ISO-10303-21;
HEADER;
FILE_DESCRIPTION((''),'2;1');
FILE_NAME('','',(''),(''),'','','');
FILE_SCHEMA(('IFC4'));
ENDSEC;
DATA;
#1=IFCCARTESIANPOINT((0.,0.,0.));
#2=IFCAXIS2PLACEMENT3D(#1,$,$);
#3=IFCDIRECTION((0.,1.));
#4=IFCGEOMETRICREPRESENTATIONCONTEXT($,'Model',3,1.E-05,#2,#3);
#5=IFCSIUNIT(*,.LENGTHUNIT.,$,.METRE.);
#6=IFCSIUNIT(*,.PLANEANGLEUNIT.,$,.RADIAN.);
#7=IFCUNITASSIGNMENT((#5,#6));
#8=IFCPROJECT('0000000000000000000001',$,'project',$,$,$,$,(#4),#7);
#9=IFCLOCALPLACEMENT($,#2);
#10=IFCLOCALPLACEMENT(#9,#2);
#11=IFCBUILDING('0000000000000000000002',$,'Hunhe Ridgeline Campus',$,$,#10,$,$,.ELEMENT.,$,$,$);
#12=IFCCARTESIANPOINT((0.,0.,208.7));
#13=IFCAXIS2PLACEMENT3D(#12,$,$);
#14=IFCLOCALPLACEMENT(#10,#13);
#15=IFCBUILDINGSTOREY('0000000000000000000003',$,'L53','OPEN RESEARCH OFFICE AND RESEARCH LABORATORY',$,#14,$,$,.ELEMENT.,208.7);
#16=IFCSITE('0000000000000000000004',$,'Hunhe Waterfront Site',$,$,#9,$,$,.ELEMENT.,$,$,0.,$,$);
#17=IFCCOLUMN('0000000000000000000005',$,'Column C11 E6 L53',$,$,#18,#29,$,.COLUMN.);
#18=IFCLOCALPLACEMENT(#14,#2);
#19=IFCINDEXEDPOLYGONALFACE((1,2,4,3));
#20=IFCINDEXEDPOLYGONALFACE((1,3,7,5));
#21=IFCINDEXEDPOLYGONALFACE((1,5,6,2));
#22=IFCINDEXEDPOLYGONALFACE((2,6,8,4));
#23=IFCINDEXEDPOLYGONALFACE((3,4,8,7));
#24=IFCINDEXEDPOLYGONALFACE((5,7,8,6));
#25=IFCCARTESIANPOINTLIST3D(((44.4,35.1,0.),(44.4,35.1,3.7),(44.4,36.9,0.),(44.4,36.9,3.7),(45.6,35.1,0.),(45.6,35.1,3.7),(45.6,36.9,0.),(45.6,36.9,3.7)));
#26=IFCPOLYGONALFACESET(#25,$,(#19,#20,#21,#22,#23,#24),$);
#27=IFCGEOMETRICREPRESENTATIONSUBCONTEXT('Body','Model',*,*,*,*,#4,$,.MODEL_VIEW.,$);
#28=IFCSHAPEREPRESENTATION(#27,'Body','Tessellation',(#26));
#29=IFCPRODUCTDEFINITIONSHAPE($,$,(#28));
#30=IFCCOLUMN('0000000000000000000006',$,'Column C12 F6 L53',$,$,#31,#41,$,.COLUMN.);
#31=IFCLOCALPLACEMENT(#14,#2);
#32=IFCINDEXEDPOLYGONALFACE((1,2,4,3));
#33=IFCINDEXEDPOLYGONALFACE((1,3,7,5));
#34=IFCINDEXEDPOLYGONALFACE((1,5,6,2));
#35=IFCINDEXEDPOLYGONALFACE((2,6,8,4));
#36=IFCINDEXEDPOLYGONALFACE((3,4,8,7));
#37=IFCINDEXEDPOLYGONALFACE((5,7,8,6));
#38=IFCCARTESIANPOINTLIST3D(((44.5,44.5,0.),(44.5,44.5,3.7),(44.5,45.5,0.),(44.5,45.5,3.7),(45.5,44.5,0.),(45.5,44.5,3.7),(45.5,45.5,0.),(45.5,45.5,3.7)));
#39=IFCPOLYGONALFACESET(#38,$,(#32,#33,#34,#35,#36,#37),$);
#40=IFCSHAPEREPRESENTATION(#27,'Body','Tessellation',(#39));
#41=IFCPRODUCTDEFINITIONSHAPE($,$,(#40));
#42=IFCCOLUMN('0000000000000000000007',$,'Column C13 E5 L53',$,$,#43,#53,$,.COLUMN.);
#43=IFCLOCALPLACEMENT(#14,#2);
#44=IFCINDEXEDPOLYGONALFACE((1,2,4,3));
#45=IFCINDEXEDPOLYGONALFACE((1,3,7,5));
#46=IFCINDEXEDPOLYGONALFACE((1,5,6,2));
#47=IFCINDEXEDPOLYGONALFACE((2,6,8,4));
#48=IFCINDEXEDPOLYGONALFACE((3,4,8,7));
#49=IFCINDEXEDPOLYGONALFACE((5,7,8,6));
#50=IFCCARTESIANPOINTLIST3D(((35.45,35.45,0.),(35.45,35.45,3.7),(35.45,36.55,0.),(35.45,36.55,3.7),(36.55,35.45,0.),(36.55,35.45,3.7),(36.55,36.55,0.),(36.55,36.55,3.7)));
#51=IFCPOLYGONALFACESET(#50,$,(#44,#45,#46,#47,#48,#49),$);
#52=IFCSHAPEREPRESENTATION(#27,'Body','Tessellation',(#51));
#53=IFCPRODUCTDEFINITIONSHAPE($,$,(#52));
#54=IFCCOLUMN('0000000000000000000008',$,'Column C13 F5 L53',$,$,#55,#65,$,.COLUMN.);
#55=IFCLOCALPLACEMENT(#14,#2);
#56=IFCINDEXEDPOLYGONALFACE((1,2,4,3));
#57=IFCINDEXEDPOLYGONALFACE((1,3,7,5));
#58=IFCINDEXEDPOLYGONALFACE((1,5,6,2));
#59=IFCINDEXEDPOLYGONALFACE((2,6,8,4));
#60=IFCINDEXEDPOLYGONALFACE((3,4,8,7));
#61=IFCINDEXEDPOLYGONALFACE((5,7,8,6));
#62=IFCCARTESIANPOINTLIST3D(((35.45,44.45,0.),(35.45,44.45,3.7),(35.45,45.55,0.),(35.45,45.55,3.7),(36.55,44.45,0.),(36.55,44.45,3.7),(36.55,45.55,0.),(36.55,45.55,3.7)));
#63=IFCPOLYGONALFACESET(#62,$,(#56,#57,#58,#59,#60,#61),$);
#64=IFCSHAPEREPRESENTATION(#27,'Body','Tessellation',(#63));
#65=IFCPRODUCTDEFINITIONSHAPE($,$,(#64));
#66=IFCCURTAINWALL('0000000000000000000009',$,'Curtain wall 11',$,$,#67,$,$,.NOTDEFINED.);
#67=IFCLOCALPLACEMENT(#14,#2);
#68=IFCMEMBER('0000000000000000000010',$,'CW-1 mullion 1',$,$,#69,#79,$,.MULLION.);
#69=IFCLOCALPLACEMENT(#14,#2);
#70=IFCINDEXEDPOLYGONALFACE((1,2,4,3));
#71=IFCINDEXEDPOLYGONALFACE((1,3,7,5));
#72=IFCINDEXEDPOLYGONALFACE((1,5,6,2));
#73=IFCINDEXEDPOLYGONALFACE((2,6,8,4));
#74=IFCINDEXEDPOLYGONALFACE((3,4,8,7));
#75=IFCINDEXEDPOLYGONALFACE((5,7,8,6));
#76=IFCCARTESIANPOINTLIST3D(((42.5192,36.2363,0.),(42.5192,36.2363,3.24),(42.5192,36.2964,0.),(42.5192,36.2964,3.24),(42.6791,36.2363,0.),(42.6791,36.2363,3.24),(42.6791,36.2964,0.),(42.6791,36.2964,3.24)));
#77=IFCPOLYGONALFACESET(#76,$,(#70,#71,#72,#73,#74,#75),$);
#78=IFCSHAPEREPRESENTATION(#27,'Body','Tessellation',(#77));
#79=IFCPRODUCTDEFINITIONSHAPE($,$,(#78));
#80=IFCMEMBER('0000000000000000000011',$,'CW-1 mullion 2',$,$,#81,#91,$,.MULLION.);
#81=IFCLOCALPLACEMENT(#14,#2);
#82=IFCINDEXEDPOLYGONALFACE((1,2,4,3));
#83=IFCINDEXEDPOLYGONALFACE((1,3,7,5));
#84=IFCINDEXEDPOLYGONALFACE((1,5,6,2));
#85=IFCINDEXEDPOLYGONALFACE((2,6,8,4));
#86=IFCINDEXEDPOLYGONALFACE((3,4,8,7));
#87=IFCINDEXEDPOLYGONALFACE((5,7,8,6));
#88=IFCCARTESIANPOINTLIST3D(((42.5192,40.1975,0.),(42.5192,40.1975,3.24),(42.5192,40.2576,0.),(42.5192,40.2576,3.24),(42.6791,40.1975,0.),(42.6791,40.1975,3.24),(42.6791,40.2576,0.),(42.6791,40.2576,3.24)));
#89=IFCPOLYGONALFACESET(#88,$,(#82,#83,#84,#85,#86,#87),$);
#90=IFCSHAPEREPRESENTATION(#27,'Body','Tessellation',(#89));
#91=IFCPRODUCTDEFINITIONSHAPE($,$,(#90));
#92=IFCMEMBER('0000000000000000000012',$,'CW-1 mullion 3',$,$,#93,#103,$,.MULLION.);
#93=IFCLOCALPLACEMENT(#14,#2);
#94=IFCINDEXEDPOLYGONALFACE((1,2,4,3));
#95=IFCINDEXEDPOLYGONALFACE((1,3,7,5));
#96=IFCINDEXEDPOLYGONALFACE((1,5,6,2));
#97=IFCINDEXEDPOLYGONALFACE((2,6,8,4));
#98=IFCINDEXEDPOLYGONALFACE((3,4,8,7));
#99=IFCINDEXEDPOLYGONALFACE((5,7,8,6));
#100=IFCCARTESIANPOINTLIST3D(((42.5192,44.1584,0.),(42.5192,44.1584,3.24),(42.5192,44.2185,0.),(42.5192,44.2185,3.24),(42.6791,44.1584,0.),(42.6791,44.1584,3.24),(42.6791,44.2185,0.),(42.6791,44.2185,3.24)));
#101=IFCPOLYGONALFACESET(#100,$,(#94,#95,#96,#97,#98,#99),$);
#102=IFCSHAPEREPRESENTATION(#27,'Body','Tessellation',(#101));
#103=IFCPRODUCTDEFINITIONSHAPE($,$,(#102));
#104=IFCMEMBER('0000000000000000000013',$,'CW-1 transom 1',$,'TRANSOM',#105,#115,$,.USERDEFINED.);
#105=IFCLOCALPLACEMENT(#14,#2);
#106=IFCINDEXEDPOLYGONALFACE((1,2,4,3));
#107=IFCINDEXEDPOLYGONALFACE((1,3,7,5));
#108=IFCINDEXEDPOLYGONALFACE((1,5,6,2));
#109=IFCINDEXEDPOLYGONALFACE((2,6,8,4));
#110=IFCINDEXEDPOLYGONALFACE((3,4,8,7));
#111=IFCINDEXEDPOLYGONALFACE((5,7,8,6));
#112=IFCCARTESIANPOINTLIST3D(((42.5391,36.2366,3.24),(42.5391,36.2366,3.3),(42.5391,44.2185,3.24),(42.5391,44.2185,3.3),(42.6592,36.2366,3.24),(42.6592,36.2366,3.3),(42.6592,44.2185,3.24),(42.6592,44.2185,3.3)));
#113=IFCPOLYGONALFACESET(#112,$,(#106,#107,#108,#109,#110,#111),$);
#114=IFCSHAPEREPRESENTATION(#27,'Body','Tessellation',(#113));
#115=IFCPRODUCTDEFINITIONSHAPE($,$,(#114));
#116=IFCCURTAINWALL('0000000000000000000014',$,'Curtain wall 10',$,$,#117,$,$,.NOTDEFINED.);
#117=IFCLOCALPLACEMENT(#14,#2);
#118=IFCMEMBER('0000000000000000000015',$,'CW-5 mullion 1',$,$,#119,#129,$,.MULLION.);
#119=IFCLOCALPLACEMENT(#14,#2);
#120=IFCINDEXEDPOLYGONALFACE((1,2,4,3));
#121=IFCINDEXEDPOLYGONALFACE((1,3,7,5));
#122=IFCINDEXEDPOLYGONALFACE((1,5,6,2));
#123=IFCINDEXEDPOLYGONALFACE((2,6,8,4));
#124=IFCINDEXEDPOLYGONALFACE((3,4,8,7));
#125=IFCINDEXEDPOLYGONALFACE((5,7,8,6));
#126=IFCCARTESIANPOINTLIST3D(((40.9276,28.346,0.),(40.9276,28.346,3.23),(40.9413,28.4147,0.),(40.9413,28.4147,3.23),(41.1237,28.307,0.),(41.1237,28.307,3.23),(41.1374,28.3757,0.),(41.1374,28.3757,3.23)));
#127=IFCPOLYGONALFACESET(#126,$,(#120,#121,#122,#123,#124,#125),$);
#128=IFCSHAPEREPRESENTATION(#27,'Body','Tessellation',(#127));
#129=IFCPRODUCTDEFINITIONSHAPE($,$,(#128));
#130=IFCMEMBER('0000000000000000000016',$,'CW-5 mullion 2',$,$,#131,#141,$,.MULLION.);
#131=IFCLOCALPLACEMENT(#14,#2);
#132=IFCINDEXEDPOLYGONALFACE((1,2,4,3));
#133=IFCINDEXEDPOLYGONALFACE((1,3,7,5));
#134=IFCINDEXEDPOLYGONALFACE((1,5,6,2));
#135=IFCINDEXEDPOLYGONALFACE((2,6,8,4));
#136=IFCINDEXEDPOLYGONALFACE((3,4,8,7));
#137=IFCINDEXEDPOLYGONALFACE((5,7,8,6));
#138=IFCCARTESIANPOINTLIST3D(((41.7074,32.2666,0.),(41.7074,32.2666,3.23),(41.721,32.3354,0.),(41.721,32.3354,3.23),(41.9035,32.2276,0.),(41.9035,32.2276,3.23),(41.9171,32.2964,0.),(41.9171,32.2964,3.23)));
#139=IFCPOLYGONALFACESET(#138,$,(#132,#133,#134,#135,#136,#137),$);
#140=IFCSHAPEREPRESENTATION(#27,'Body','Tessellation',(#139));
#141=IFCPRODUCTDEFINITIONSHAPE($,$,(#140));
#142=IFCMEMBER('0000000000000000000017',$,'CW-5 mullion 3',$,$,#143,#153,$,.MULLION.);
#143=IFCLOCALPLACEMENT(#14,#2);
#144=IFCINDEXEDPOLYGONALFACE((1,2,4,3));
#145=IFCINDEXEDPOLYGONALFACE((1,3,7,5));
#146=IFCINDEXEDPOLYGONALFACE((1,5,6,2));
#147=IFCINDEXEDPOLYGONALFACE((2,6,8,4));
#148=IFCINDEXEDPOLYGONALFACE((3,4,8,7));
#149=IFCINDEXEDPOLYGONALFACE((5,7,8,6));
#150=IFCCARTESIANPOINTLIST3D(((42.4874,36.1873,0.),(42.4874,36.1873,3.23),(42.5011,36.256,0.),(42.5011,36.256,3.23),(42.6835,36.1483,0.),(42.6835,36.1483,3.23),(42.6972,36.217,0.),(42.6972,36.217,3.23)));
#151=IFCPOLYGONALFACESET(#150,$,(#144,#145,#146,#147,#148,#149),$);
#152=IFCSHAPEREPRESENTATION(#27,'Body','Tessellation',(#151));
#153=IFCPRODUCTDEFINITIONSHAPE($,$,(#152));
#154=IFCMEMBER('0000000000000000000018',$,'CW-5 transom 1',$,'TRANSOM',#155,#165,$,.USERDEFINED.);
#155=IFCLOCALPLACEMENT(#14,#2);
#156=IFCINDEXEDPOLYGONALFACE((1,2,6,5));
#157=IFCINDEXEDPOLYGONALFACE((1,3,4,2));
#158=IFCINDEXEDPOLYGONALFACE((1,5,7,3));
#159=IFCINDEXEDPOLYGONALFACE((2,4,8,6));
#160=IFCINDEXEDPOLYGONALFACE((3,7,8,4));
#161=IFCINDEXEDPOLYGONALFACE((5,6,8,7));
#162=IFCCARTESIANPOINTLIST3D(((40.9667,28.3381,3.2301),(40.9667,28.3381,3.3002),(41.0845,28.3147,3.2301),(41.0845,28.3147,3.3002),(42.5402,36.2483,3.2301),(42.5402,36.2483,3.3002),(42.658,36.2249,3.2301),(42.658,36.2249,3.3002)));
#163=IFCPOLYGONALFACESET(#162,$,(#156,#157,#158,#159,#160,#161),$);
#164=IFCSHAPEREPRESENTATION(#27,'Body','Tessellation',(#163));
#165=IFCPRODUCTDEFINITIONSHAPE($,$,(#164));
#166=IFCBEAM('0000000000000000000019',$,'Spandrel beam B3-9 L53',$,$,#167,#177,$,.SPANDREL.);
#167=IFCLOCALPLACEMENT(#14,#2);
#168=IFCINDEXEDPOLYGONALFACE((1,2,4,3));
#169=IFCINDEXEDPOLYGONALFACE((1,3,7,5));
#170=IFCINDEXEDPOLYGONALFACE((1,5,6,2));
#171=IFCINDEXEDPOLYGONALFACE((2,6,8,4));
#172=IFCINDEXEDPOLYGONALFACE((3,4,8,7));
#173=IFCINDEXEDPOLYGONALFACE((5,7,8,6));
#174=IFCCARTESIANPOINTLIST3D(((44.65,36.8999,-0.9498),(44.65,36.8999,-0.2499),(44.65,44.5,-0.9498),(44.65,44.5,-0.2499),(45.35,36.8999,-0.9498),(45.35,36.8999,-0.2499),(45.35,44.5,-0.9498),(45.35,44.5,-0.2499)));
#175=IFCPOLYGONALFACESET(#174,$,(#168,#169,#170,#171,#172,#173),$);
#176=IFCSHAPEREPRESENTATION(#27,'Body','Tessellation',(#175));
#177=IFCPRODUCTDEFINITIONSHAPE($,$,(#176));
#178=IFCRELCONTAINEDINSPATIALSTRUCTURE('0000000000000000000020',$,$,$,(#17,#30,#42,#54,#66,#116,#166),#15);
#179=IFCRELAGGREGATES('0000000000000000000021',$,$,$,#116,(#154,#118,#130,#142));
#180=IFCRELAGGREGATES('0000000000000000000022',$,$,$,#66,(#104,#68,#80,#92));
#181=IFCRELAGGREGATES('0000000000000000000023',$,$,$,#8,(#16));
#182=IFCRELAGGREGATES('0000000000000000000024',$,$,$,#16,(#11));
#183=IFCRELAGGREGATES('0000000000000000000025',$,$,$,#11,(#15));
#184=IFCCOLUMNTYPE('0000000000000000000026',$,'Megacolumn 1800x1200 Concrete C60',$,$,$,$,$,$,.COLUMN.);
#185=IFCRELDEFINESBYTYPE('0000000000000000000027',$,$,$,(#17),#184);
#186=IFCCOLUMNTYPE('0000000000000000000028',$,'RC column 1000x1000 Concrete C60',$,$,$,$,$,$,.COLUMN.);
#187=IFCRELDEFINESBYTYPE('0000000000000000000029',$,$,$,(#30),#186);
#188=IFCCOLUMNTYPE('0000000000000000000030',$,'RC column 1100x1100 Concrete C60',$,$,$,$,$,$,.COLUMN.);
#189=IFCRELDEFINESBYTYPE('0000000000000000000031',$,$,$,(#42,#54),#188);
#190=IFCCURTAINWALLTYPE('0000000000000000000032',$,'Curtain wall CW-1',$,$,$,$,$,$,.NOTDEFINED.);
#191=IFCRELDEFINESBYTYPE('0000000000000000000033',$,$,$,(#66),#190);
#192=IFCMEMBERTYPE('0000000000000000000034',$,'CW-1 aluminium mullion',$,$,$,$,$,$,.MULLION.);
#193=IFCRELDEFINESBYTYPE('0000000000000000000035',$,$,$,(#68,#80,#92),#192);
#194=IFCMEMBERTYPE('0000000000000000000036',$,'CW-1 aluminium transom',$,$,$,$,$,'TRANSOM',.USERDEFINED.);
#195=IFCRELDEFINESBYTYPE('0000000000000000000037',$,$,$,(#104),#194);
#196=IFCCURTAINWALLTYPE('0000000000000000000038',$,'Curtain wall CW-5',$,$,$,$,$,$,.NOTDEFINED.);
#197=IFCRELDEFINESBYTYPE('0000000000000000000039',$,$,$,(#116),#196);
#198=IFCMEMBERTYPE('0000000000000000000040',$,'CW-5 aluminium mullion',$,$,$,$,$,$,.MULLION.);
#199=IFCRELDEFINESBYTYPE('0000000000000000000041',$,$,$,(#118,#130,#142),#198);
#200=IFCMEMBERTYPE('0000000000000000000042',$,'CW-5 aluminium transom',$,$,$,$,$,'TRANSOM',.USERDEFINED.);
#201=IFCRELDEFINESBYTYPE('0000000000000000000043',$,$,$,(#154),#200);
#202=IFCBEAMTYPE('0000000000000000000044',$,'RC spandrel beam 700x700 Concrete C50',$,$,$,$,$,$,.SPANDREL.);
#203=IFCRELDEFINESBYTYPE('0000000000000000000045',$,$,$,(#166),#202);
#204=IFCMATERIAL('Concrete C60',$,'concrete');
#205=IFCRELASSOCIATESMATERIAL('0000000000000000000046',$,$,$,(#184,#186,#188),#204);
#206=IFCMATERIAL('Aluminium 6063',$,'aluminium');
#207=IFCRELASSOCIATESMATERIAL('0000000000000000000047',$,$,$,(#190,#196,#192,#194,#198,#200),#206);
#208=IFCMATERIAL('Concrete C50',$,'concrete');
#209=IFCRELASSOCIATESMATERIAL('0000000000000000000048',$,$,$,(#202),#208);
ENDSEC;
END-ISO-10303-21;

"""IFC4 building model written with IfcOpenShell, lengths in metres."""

from ifc_helpers import new_model, si_unit, direction, frame, origin, origin_2d, place, context, subcontext, project, spatial, rectangle, extrude, material, material_profile, profile_set, type_object, element, aggregate, save


model = new_model("IFC4")

# Units and contexts
model_context = context("Model", 3, precision=1e-05, world=origin(), true_north=direction((0.0, 1.0)))
body_context = subcontext(model_context, "Body", "Model", "MODEL_VIEW")
ifc_project = project(units=[si_unit("LENGTHUNIT", "METRE"), si_unit("PLANEANGLEUNIT", "RADIAN")], contexts=[model_context])

# Site, building, storey
site_placement = place(None, origin())
site = spatial("IfcSite", under=ifc_project, at=site_placement, Name="Hunhe Waterfront Site", CompositionType="ELEMENT", RefElevation=0.0)
building_placement = place(site_placement, origin())
building = spatial("IfcBuilding", under=site, at=building_placement, Name="Hunhe Ridgeline Campus", CompositionType="ELEMENT")
storey_placement = place(building_placement, frame((0.0, 0.0, 208.7)))
storey = spatial("IfcBuildingStorey", under=building, at=storey_placement, Name="L53", Description="OPEN RESEARCH OFFICE AND RESEARCH LABORATORY", CompositionType="ELEMENT", Elevation=208.7)

# Columns
ifc_material_1 = material(Name="Concrete C60", Category="concrete")
ifc_material_profile_1 = material_profile(ifc_material_1, rectangle(XDim=1.8, YDim=1.2, at=origin_2d()))
ifc_profile_set_1 = profile_set([ifc_material_profile_1], Name="Concrete C60")
column_type_1 = type_object("IfcColumnType", Name="Megacolumn 1800x1200 Concrete C60", PredefinedType="COLUMN", material=ifc_profile_set_1)
column_1_placement = place(storey_placement, frame((45.0, 36.0, 0.0), z_axis=(0.0, 0.0, 1.0), x_axis=(0.0, 1.0, 0.0)))
element("IfcColumn", 1, at=column_1_placement, inside=storey, type_object=column_type_1, Name="Column C11 E6 L53", PredefinedType="COLUMN", context=body_context, shape_type="SweptSolid", body=[
    extrude(rectangle(XDim=1.8, YDim=1.2, at=origin_2d()), origin(), (0.0, 0.0, 1.0), 3.7),
])
ifc_material_profile_2 = material_profile(ifc_material_1, rectangle(XDim=1.0, YDim=1.0, at=origin_2d()))
ifc_profile_set_2 = profile_set([ifc_material_profile_2], Name="Concrete C60")
column_type_2 = type_object("IfcColumnType", Name="RC column 1000x1000 Concrete C60", PredefinedType="COLUMN", material=ifc_profile_set_2)
column_2_placement = place(storey_placement, frame((45.0, 45.0, 0.0), z_axis=(0.0, 0.0, 1.0), x_axis=(1.0, 0.0, 0.0)))
element("IfcColumn", 2, at=column_2_placement, inside=storey, type_object=column_type_2, Name="Column C12 F6 L53", PredefinedType="COLUMN", context=body_context, shape_type="SweptSolid", body=[
    extrude(rectangle(XDim=1.0, YDim=1.0, at=origin_2d()), origin(), (0.0, 0.0, 1.0), 3.7),
])
ifc_material_profile_3 = material_profile(ifc_material_1, rectangle(XDim=1.1001, YDim=1.1001, at=origin_2d()))
ifc_profile_set_3 = profile_set([ifc_material_profile_3], Name="Concrete C60")
column_type_3 = type_object("IfcColumnType", Name="RC column 1100x1100 Concrete C60", PredefinedType="COLUMN", material=ifc_profile_set_3)
for number, where, z_axis, x_axis, name in (
    (3, (36.0, 36.0, 0.0), (0.0, 0.0, 1.0), (1.0, 0.0, 0.0), "Column C13 E5 L53"),
    (4, (36.0, 45.0, 0.0), (0.0, 0.0, 1.0), (1.0, 0.0, 0.0), "Column C13 F5 L53"),
):
    element("IfcColumn", number, at=place(storey_placement, frame(where, z_axis=z_axis, x_axis=x_axis)), inside=storey, type_object=column_type_3, Name=name, PredefinedType="COLUMN", context=body_context, shape_type="SweptSolid", body=[
        extrude(rectangle(XDim=1.1001, YDim=1.1001, at=origin_2d()), origin(), (0.0, 0.0, 1.0), 3.7),
    ])

# Curtain walls, members
ifc_material_2 = material(Name="Aluminium 6063", Category="aluminium")
curtain_wall_type_1 = type_object("IfcCurtainWallType", Name="Curtain wall CW-1", PredefinedType="NOTDEFINED", material=ifc_material_2)
curtain_wall_1_placement = place(storey_placement, origin())
curtain_wall_1 = element("IfcCurtainWall", 5, at=curtain_wall_1_placement, inside=storey, type_object=curtain_wall_type_1, Name="Curtain wall 11", PredefinedType="NOTDEFINED")
ifc_material_profile_4 = material_profile(ifc_material_2, rectangle(XDim=0.1599, YDim=0.0601, at=origin_2d()))
ifc_profile_set_4 = profile_set([ifc_material_profile_4], Name="Aluminium 6063")
member_type_1 = type_object("IfcMemberType", Name="CW-1 aluminium mullion", PredefinedType="MULLION", material=ifc_profile_set_4)
member_1_placement = place(storey_placement, frame((42.5991, 36.2664, 0.0), z_axis=(0.0, 0.0, 1.0), x_axis=(-1.0, 0.000007, 0.0)))
member_1 = element("IfcMember", 6, at=member_1_placement, type_object=member_type_1, Name="CW-1 mullion 1", PredefinedType="MULLION", context=body_context, shape_type="SweptSolid", body=[
    extrude(rectangle(XDim=0.1599, YDim=0.0601, at=origin_2d()), origin(), (0.0, 0.0, 1.0), 3.24),
])
member_2_placement = place(storey_placement, frame((42.5991, 40.2275, 0.0), z_axis=(0.0, 0.0, 1.0), x_axis=(-1.0, 0.000007, 0.0)))
member_2 = element("IfcMember", 7, at=member_2_placement, type_object=member_type_1, Name="CW-1 mullion 2", PredefinedType="MULLION", context=body_context, shape_type="SweptSolid", body=[
    extrude(rectangle(XDim=0.1599, YDim=0.0601, at=origin_2d()), origin(), (0.0, 0.0, 1.0), 3.24),
])
member_3_placement = place(storey_placement, frame((42.5991, 44.1885, 0.0), z_axis=(0.0, 0.0, 1.0), x_axis=(-1.0, 0.000007, 0.0)))
member_3 = element("IfcMember", 8, at=member_3_placement, type_object=member_type_1, Name="CW-1 mullion 3", PredefinedType="MULLION", context=body_context, shape_type="SweptSolid", body=[
    extrude(rectangle(XDim=0.1599, YDim=0.0601, at=origin_2d()), origin(), (0.0, 0.0, 1.0), 3.24),
])
ifc_material_profile_5 = material_profile(ifc_material_2, rectangle(XDim=0.1201, YDim=0.0601, at=origin_2d()))
ifc_profile_set_5 = profile_set([ifc_material_profile_5], Name="Aluminium 6063")
member_type_2 = type_object("IfcMemberType", Name="CW-1 aluminium transom", ElementType="TRANSOM", PredefinedType="USERDEFINED", material=ifc_profile_set_5)
member_4_placement = place(storey_placement, frame((42.5991, 36.2366, 3.27), z_axis=(0.0, 1.0, 0.0), x_axis=(-1.0, 0.0, 0.0)))
member_4 = element("IfcMember", 9, at=member_4_placement, type_object=member_type_2, Name="CW-1 transom 1", ObjectType="TRANSOM", PredefinedType="USERDEFINED", context=body_context, shape_type="SweptSolid", body=[
    extrude(rectangle(XDim=0.1201, YDim=0.0601, at=origin_2d()), origin(), (0.0, 0.0, 1.0), 7.9819),
])
curtain_wall_type_2 = type_object("IfcCurtainWallType", Name="Curtain wall CW-5", PredefinedType="NOTDEFINED", material=ifc_material_2)
curtain_wall_2_placement = place(storey_placement, origin())
curtain_wall_2 = element("IfcCurtainWall", 10, at=curtain_wall_2_placement, inside=storey, type_object=curtain_wall_type_2, Name="Curtain wall 10", PredefinedType="NOTDEFINED")
ifc_material_profile_6 = material_profile(ifc_material_2, rectangle(XDim=0.2, YDim=0.0701, at=origin_2d()))
ifc_profile_set_6 = profile_set([ifc_material_profile_6], Name="Aluminium 6063")
member_type_3 = type_object("IfcMemberType", Name="CW-5 aluminium mullion", PredefinedType="MULLION", material=ifc_profile_set_6)
member_5_placement = place(storey_placement, frame((41.0325, 28.3608, 0.0), z_axis=(0.0, 0.0, 1.0), x_axis=(-0.980785, 0.19509, 0.0)))
member_5 = element("IfcMember", 11, at=member_5_placement, type_object=member_type_3, Name="CW-5 mullion 1", PredefinedType="MULLION", context=body_context, shape_type="SweptSolid", body=[
    extrude(rectangle(XDim=0.2, YDim=0.0701, at=origin_2d()), origin(), (0.0, 0.0, 1.0), 3.23),
])
member_6_placement = place(storey_placement, frame((41.8123, 32.2815, 0.0), z_axis=(0.0, 0.0, 1.0), x_axis=(-0.980785, 0.19509, 0.0)))
member_6 = element("IfcMember", 12, at=member_6_placement, type_object=member_type_3, Name="CW-5 mullion 2", PredefinedType="MULLION", context=body_context, shape_type="SweptSolid", body=[
    extrude(rectangle(XDim=0.2, YDim=0.0701, at=origin_2d()), origin(), (0.0, 0.0, 1.0), 3.23),
])
member_7_placement = place(storey_placement, frame((42.5923, 36.2021, 0.0), z_axis=(0.0, 0.0, 1.0), x_axis=(-0.980785, 0.19509, 0.0)))
member_7 = element("IfcMember", 13, at=member_7_placement, type_object=member_type_3, Name="CW-5 mullion 3", PredefinedType="MULLION", context=body_context, shape_type="SweptSolid", body=[
    extrude(rectangle(XDim=0.2, YDim=0.0701, at=origin_2d()), origin(), (0.0, 0.0, 1.0), 3.23),
])
ifc_material_profile_7 = material_profile(ifc_material_2, rectangle(XDim=0.1201, YDim=0.0701, at=origin_2d()))
ifc_profile_set_7 = profile_set([ifc_material_profile_7], Name="Aluminium 6063")
member_type_4 = type_object("IfcMemberType", Name="CW-5 aluminium transom", ElementType="TRANSOM", PredefinedType="USERDEFINED", material=ifc_profile_set_7)
member_8_placement = place(storey_placement, frame((41.0256, 28.3264, 3.2651), z_axis=(0.195097, 0.980784, 0.0), x_axis=(-0.980784, 0.195097, 0.0)))
member_8 = element("IfcMember", 14, at=member_8_placement, type_object=member_type_4, Name="CW-5 transom 1", ObjectType="TRANSOM", PredefinedType="USERDEFINED", context=body_context, shape_type="SweptSolid", body=[
    extrude(rectangle(XDim=0.1201, YDim=0.0701, at=origin_2d()), origin(), (0.0, 0.0, 1.0), 8.0652),
])

# Beam
ifc_material_3 = material(Name="Concrete C50", Category="concrete")
ifc_material_profile_8 = material_profile(ifc_material_3, rectangle(XDim=0.7, YDim=0.7, at=origin_2d()))
ifc_profile_set_8 = profile_set([ifc_material_profile_8], Name="Concrete C50")
beam_type = type_object("IfcBeamType", Name="RC spandrel beam 700x700 Concrete C50", PredefinedType="SPANDREL", material=ifc_profile_set_8)
beam_placement = place(storey_placement, frame((45.0, 36.8999, -0.5999), z_axis=(0.0, 1.0, 0.0), x_axis=(-1.0, 0.0, 0.0)))
element("IfcBeam", 15, at=beam_placement, inside=storey, type_object=beam_type, Name="Spandrel beam B3-9 L53", PredefinedType="SPANDREL", context=body_context, shape_type="SweptSolid", body=[
    extrude(rectangle(XDim=0.7, YDim=0.7, at=origin_2d()), origin(), (0.0, 0.0, 1.0), 7.6001),
])

aggregate(curtain_wall_2, [member_8, member_5, member_6, member_7])
aggregate(curtain_wall_1, [member_4, member_1, member_2, member_3])

save(model, "model.ifc")
